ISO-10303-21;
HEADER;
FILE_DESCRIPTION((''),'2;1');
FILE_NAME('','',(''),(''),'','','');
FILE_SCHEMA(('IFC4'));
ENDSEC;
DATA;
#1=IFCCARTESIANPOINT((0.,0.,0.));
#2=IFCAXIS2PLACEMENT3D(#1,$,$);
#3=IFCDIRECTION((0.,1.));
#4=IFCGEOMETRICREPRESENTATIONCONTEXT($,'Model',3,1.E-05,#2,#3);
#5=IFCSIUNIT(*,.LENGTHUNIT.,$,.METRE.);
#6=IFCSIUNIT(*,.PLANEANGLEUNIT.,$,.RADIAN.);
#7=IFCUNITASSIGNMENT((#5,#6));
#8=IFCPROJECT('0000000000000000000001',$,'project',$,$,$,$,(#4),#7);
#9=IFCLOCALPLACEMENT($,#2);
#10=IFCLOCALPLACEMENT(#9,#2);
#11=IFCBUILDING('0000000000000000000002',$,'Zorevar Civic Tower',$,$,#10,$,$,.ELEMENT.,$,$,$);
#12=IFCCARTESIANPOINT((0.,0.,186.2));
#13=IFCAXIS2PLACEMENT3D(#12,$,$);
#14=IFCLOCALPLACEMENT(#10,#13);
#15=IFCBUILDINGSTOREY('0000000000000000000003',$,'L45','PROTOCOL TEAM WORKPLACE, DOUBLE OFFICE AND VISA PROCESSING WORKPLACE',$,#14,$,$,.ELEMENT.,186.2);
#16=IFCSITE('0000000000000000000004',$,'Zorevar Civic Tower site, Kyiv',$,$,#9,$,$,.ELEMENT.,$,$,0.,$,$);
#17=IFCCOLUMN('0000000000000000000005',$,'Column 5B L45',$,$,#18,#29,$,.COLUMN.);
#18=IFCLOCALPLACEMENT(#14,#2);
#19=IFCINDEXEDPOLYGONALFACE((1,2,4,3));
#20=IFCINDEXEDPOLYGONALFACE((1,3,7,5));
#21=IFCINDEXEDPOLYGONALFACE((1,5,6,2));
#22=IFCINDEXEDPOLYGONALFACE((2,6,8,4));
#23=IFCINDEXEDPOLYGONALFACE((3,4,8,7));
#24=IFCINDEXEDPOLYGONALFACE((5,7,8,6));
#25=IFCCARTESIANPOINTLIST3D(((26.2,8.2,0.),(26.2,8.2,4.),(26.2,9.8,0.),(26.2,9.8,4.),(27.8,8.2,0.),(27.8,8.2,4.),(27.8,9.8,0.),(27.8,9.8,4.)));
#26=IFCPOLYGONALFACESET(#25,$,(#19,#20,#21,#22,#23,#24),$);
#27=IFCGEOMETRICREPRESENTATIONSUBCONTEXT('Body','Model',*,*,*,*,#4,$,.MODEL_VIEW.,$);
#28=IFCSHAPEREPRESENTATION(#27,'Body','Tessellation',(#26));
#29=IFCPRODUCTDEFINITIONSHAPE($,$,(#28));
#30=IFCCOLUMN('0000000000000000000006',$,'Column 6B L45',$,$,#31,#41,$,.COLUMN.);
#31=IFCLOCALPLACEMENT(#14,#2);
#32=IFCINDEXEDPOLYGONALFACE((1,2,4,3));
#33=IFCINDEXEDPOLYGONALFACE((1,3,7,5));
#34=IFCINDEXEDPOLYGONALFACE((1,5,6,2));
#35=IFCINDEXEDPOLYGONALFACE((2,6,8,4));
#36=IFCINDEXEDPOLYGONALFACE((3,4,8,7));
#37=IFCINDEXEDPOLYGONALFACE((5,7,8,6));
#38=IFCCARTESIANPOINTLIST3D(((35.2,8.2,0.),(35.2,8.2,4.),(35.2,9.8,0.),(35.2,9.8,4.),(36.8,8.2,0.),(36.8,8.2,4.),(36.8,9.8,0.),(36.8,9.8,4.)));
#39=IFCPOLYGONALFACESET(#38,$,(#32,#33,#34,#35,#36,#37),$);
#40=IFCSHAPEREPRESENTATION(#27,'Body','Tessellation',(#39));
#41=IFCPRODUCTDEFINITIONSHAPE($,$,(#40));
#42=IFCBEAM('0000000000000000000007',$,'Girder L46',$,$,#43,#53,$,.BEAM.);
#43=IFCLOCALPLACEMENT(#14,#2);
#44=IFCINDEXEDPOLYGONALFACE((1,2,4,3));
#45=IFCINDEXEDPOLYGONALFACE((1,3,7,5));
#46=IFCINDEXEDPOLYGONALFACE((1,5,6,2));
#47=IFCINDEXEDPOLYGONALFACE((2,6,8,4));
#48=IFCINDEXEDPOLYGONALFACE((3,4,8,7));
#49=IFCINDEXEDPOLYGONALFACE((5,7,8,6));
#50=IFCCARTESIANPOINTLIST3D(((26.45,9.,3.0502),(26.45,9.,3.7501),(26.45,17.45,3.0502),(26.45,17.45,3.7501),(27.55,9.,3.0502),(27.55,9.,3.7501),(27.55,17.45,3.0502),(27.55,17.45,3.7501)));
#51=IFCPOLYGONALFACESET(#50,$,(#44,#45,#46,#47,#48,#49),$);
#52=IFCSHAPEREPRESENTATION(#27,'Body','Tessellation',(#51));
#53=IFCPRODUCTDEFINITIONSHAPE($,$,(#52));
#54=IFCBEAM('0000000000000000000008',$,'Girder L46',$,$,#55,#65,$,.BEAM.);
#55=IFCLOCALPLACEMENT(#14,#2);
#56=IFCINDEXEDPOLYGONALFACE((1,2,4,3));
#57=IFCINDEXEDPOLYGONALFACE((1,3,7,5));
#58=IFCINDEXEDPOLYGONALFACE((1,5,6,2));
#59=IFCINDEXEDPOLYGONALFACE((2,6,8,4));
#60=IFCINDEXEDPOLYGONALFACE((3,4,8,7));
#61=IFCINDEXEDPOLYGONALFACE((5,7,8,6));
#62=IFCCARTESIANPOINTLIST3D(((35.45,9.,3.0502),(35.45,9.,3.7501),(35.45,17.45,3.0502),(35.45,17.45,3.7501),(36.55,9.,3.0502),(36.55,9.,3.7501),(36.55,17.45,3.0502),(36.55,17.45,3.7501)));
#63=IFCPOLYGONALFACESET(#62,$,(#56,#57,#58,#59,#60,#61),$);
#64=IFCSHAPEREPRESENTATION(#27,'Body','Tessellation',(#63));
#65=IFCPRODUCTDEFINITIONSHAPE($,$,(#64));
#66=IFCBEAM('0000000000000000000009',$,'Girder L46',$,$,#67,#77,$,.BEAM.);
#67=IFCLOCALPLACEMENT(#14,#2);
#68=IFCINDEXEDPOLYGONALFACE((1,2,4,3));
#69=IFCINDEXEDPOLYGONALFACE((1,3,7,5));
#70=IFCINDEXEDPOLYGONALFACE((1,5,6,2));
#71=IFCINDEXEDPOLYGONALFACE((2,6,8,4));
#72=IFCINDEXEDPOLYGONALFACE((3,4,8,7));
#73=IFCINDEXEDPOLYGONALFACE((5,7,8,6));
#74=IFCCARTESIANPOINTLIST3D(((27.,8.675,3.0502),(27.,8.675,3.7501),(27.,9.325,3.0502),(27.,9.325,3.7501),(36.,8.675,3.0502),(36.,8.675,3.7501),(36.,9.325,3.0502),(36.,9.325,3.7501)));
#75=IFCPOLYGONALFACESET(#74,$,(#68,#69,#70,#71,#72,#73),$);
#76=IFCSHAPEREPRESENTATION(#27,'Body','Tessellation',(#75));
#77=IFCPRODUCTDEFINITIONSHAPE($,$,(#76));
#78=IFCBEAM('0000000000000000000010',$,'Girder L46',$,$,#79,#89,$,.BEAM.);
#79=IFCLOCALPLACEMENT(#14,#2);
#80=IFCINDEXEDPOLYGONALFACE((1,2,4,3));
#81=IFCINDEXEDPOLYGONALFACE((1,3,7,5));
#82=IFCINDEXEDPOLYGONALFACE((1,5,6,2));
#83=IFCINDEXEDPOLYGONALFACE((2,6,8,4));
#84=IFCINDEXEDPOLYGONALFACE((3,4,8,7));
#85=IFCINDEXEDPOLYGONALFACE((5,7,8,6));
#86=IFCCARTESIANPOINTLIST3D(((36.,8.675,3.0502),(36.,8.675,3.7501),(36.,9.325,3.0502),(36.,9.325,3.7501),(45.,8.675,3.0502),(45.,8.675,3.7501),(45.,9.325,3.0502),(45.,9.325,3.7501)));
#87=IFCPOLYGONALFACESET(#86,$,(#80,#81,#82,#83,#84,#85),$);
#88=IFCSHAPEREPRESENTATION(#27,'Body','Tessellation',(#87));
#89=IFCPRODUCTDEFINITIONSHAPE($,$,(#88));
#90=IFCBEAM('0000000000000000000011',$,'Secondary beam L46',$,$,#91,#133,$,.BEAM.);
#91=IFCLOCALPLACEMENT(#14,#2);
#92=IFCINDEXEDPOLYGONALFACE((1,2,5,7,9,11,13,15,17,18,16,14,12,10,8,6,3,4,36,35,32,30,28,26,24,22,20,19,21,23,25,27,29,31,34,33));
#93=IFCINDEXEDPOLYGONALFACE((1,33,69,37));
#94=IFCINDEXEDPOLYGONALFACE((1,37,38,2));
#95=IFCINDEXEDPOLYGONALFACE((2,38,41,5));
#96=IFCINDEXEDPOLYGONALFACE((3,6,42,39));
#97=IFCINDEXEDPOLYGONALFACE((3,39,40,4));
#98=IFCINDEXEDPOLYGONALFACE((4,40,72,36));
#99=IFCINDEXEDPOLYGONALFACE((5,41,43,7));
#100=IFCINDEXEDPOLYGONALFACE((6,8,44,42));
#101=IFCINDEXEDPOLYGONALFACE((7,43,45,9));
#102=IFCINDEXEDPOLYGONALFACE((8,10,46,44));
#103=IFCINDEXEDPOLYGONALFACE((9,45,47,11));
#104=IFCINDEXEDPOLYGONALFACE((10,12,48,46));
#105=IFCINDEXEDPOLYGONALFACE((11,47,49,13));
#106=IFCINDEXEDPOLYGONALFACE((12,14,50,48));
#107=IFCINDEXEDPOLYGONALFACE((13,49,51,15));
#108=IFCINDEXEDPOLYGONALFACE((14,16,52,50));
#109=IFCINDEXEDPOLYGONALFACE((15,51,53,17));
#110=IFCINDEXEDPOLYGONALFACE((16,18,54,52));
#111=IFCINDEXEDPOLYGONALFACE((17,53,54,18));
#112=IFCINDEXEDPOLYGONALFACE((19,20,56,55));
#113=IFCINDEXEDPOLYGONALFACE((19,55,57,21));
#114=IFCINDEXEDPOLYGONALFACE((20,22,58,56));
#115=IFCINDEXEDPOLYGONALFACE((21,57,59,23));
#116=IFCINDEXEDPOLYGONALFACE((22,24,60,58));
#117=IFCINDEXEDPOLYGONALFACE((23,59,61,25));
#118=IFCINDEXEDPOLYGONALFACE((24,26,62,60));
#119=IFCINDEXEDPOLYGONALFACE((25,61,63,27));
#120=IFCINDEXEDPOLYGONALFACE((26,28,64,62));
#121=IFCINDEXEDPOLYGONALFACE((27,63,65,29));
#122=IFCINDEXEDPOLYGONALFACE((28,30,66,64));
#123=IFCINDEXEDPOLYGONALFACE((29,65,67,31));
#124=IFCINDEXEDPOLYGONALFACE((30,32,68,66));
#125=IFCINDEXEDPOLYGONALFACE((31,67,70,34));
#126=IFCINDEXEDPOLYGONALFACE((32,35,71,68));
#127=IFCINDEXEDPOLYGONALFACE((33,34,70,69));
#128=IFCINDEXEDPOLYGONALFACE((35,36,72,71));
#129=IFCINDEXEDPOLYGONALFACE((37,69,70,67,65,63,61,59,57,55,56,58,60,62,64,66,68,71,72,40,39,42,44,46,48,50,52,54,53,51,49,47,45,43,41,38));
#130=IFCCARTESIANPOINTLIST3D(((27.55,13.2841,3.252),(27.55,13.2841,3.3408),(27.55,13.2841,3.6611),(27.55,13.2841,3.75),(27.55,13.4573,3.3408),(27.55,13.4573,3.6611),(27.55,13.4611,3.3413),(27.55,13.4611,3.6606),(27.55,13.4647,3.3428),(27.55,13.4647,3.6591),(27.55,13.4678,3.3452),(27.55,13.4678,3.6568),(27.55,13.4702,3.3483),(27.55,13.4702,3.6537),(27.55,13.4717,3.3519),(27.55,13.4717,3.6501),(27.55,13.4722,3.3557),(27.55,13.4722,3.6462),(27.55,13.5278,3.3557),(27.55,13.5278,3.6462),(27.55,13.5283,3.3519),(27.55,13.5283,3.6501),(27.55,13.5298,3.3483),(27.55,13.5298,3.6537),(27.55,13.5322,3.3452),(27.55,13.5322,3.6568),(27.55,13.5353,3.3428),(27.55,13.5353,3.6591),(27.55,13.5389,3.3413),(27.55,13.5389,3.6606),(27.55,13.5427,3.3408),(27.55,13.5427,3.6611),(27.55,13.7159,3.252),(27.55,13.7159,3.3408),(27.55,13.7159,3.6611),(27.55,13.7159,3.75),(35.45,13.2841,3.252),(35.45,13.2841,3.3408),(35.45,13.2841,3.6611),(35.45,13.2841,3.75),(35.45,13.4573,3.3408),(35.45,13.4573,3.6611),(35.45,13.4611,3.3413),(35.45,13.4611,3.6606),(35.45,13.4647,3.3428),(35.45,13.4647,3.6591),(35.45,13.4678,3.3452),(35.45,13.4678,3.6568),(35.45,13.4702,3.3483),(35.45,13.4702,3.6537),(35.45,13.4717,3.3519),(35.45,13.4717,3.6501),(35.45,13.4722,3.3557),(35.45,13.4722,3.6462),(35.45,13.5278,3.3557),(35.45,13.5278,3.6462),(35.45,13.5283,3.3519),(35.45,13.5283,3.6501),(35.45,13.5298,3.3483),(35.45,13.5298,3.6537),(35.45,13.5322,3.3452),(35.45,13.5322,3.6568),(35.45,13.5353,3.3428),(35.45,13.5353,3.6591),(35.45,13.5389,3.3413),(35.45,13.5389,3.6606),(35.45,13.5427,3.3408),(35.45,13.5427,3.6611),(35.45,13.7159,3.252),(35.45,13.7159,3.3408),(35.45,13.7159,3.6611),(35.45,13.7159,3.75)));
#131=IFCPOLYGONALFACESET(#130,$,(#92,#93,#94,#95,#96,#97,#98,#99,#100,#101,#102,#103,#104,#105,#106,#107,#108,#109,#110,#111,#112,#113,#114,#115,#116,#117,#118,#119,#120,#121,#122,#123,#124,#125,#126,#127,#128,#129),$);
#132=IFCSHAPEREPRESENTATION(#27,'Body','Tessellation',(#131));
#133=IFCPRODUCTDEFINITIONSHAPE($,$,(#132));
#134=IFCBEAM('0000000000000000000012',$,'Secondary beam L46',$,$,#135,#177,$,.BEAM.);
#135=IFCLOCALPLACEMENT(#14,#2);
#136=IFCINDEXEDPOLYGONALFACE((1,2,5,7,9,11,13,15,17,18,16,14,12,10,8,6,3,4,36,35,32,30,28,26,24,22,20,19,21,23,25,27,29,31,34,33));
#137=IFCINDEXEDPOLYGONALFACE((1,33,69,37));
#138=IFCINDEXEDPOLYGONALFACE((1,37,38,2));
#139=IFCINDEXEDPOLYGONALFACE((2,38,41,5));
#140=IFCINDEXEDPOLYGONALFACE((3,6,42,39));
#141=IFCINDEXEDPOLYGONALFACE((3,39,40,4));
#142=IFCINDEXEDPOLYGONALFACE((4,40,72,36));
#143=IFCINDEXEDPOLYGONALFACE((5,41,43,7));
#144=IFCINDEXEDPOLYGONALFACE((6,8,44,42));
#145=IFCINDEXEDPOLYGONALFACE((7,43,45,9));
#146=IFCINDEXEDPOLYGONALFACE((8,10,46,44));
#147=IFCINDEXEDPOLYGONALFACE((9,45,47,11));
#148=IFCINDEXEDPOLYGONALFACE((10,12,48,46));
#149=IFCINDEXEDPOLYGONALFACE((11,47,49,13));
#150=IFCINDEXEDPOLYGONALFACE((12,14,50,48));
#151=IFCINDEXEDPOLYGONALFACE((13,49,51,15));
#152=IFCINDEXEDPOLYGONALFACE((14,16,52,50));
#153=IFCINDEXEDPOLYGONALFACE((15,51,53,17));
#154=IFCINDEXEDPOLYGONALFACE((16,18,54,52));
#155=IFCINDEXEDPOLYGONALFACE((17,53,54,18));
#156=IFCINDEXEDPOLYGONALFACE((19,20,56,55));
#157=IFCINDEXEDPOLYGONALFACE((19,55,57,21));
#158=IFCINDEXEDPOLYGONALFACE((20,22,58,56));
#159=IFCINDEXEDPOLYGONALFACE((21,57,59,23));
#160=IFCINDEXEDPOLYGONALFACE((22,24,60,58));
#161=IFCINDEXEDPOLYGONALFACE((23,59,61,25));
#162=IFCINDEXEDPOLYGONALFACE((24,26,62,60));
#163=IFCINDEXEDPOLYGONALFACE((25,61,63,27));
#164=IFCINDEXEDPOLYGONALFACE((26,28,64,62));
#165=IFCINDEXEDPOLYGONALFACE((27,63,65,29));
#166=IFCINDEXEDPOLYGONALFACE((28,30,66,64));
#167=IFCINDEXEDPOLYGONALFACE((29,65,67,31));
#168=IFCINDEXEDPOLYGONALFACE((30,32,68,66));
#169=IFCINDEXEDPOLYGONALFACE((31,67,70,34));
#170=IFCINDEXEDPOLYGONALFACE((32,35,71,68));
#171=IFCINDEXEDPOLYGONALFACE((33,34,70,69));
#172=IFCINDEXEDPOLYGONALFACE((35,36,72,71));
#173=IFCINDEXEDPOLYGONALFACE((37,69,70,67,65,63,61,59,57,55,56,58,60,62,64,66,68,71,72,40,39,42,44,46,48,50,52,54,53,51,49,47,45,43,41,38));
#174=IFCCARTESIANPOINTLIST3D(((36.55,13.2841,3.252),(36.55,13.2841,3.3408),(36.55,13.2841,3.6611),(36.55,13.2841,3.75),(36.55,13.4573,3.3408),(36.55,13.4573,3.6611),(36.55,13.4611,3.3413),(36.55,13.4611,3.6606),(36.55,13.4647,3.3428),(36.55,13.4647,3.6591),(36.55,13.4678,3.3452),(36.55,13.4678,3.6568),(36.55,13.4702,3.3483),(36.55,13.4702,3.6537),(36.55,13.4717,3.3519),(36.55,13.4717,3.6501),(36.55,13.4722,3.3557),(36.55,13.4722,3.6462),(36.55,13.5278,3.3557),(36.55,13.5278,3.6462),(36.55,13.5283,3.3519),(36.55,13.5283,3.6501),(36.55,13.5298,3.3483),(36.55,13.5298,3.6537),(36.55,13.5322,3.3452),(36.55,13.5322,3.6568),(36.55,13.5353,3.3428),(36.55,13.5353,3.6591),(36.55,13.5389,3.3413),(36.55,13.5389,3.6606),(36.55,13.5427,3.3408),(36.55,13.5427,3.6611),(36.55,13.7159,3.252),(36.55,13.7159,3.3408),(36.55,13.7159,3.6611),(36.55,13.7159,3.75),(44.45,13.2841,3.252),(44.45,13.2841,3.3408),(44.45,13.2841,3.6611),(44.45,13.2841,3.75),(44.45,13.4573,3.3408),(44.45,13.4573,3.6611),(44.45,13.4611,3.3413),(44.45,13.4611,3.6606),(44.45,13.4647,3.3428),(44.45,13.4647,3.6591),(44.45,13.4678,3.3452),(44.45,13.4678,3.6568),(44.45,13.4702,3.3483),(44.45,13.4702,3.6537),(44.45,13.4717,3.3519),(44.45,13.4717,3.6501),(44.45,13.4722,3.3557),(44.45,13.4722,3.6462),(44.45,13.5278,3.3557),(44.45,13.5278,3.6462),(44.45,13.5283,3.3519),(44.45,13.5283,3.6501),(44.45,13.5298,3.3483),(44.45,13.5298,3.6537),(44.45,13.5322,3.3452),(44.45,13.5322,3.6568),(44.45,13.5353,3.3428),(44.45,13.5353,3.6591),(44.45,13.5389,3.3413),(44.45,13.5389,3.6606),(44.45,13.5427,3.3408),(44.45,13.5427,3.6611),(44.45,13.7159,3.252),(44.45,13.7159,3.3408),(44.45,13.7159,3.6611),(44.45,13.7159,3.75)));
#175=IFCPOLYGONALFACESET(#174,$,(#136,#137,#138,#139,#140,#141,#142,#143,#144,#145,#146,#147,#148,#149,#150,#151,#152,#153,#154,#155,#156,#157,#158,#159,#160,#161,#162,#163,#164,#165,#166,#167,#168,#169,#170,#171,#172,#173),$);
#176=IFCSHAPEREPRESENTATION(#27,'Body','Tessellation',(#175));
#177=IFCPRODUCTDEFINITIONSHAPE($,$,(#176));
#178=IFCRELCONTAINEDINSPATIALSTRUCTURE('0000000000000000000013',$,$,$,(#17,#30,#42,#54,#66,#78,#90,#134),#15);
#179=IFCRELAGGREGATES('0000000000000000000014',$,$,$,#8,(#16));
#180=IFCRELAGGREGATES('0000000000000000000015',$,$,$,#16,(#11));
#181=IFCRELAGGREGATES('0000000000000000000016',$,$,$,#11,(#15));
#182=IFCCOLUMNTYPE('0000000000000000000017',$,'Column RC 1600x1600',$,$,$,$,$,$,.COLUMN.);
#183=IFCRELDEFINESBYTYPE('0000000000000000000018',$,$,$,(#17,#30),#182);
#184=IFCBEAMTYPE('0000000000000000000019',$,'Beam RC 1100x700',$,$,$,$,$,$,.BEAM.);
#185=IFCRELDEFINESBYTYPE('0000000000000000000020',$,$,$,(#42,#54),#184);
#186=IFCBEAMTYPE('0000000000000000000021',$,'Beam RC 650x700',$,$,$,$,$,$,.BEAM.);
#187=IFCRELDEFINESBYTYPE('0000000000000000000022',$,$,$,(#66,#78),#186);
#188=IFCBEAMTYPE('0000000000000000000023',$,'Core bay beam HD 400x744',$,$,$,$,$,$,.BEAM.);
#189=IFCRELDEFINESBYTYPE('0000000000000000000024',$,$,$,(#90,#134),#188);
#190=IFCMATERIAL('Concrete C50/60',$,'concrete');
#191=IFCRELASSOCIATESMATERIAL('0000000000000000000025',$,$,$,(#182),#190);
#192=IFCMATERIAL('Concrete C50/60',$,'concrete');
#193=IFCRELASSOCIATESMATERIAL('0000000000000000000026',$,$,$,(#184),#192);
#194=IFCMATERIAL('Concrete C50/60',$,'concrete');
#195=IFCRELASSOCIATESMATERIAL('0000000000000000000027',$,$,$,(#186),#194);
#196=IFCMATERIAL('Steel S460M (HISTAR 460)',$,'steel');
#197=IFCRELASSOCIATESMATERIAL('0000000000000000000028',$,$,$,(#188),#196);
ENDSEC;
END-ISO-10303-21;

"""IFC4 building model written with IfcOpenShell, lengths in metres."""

from ifc_helpers import new_model, si_unit, direction, frame, origin, origin_2d, place, context, subcontext, project, spatial, rectangle, i_section, extrude, material, material_profile, profile_set, type_object, element, save


model = new_model("IFC4")

# Units and contexts
model_context = context("Model", 3, precision=1e-05, world=origin(), true_north=direction((0.0, 1.0)))
body_context = subcontext(model_context, "Body", "Model", "MODEL_VIEW")
ifc_project = project(units=[si_unit("LENGTHUNIT", "METRE"), si_unit("PLANEANGLEUNIT", "RADIAN")], contexts=[model_context])

# Site, building, storey
site_placement = place(None, origin())
site = spatial("IfcSite", under=ifc_project, at=site_placement, Name="Zorevar Civic Tower site, Kyiv", CompositionType="ELEMENT", RefElevation=0.0)
building_placement = place(site_placement, origin())
building = spatial("IfcBuilding", under=site, at=building_placement, Name="Zorevar Civic Tower", CompositionType="ELEMENT")
storey_placement = place(building_placement, frame((0.0, 0.0, 186.2)))
storey = spatial("IfcBuildingStorey", under=building, at=storey_placement, Name="L45", Description="PROTOCOL TEAM WORKPLACE, DOUBLE OFFICE AND VISA PROCESSING WORKPLACE", CompositionType="ELEMENT", Elevation=186.2)

# Columns
ifc_material_1 = material(Name="Concrete C50/60", Category="concrete")
ifc_material_profile_1 = material_profile(ifc_material_1, rectangle(XDim=1.6001, YDim=1.6001, at=origin_2d()), Name="RC 1600x1600")
ifc_profile_set_1 = profile_set([ifc_material_profile_1], Name="Concrete C50/60")
column_type = type_object("IfcColumnType", Name="Column RC 1600x1600", PredefinedType="COLUMN", material=ifc_profile_set_1)
for number, where, z_axis, x_axis, name in (
    (1, (27.0, 9.0, 0.0), (0.0, 0.0, 1.0), (1.0, 0.0, 0.0), "Column 5B L45"),
    (2, (36.0, 9.0, 0.0), (0.0, 0.0, 1.0), (1.0, 0.0, 0.0), "Column 6B L45"),
):
    element("IfcColumn", number, at=place(storey_placement, frame(where, z_axis=z_axis, x_axis=x_axis)), inside=storey, type_object=column_type, Name=name, PredefinedType="COLUMN", context=body_context, shape_type="SweptSolid", body=[
        extrude(rectangle(XDim=1.6001, YDim=1.6001, at=origin_2d()), origin(), (0.0, 0.0, 1.0), 4.0),
    ])

# Beams
ifc_material_2 = material(Name="Concrete C50/60", Category="concrete")
ifc_material_profile_2 = material_profile(ifc_material_2, rectangle(XDim=1.1001, YDim=0.7, at=origin_2d()), Name="RC 1100x700")
ifc_profile_set_2 = profile_set([ifc_material_profile_2], Name="Concrete C50/60")
beam_type_1 = type_object("IfcBeamType", Name="Beam RC 1100x700", PredefinedType="BEAM", material=ifc_profile_set_2)
for number, where, z_axis, x_axis, name in (
    (3, (27.0, 9.0, 3.4001), (0.0, 1.0, 0.0), (-1.0, 0.0, 0.0), "Girder L46"),
    (4, (36.0, 9.0, 3.4001), (0.0, 1.0, 0.0), (-1.0, 0.0, 0.0), "Girder L46"),
):
    element("IfcBeam", number, at=place(storey_placement, frame(where, z_axis=z_axis, x_axis=x_axis)), inside=storey, type_object=beam_type_1, Name=name, PredefinedType="BEAM", context=body_context, shape_type="SweptSolid", body=[
        extrude(rectangle(XDim=1.1001, YDim=0.7, at=origin_2d()), origin(), (0.0, 0.0, 1.0), 8.45),
    ])
ifc_material_3 = material(Name="Concrete C50/60", Category="concrete")
ifc_material_profile_3 = material_profile(ifc_material_3, rectangle(XDim=0.6499, YDim=0.7, at=origin_2d()), Name="RC 650x700")
ifc_profile_set_3 = profile_set([ifc_material_profile_3], Name="Concrete C50/60")
beam_type_2 = type_object("IfcBeamType", Name="Beam RC 650x700", PredefinedType="BEAM", material=ifc_profile_set_3)
for number, where, z_axis, x_axis, name in (
    (5, (27.0, 9.0, 3.4001), (1.0, 0.0, 0.0), (0.0, 1.0, 0.0), "Girder L46"),
    (6, (36.0, 9.0, 3.4001), (1.0, 0.0, 0.0), (0.0, 1.0, 0.0), "Girder L46"),
):
    element("IfcBeam", number, at=place(storey_placement, frame(where, z_axis=z_axis, x_axis=x_axis)), inside=storey, type_object=beam_type_2, Name=name, PredefinedType="BEAM", context=body_context, shape_type="SweptSolid", body=[
        extrude(rectangle(XDim=0.6499, YDim=0.7, at=origin_2d()), origin(), (0.0, 0.0, 1.0), 9.0),
    ])
ifc_material_4 = material(Name="Steel S460M (HISTAR 460)", Category="steel")
ifc_material_profile_4 = material_profile(ifc_material_4, i_section(OverallWidth=0.4319, OverallDepth=0.498, WebThickness=0.0557, FlangeThickness=0.0889, FilletRadius=0.0149, at=origin_2d()), Name="HD 400x744")
ifc_profile_set_4 = profile_set([ifc_material_profile_4], Name="Steel S460M (HISTAR 460)")
beam_type_3 = type_object("IfcBeamType", Name="Core bay beam HD 400x744", PredefinedType="BEAM", material=ifc_profile_set_4)
for number, where, z_axis, x_axis, name in (
    (7, (27.55, 13.5, 3.501), (1.0, 0.0, 0.0), (0.0, 1.0, 0.0), "Secondary beam L46"),
    (8, (36.55, 13.5, 3.501), (1.0, 0.0, 0.0), (0.0, 1.0, 0.0), "Secondary beam L46"),
):
    element("IfcBeam", number, at=place(storey_placement, frame(where, z_axis=z_axis, x_axis=x_axis)), inside=storey, type_object=beam_type_3, Name=name, PredefinedType="BEAM", context=body_context, shape_type="SweptSolid", body=[
        extrude(i_section(OverallWidth=0.4319, OverallDepth=0.498, WebThickness=0.0557, FlangeThickness=0.0889, FilletRadius=0.0149, at=origin_2d()), origin(), (0.0, 0.0, 1.0), 7.8999),
    ])

save(model, "model.ifc")
